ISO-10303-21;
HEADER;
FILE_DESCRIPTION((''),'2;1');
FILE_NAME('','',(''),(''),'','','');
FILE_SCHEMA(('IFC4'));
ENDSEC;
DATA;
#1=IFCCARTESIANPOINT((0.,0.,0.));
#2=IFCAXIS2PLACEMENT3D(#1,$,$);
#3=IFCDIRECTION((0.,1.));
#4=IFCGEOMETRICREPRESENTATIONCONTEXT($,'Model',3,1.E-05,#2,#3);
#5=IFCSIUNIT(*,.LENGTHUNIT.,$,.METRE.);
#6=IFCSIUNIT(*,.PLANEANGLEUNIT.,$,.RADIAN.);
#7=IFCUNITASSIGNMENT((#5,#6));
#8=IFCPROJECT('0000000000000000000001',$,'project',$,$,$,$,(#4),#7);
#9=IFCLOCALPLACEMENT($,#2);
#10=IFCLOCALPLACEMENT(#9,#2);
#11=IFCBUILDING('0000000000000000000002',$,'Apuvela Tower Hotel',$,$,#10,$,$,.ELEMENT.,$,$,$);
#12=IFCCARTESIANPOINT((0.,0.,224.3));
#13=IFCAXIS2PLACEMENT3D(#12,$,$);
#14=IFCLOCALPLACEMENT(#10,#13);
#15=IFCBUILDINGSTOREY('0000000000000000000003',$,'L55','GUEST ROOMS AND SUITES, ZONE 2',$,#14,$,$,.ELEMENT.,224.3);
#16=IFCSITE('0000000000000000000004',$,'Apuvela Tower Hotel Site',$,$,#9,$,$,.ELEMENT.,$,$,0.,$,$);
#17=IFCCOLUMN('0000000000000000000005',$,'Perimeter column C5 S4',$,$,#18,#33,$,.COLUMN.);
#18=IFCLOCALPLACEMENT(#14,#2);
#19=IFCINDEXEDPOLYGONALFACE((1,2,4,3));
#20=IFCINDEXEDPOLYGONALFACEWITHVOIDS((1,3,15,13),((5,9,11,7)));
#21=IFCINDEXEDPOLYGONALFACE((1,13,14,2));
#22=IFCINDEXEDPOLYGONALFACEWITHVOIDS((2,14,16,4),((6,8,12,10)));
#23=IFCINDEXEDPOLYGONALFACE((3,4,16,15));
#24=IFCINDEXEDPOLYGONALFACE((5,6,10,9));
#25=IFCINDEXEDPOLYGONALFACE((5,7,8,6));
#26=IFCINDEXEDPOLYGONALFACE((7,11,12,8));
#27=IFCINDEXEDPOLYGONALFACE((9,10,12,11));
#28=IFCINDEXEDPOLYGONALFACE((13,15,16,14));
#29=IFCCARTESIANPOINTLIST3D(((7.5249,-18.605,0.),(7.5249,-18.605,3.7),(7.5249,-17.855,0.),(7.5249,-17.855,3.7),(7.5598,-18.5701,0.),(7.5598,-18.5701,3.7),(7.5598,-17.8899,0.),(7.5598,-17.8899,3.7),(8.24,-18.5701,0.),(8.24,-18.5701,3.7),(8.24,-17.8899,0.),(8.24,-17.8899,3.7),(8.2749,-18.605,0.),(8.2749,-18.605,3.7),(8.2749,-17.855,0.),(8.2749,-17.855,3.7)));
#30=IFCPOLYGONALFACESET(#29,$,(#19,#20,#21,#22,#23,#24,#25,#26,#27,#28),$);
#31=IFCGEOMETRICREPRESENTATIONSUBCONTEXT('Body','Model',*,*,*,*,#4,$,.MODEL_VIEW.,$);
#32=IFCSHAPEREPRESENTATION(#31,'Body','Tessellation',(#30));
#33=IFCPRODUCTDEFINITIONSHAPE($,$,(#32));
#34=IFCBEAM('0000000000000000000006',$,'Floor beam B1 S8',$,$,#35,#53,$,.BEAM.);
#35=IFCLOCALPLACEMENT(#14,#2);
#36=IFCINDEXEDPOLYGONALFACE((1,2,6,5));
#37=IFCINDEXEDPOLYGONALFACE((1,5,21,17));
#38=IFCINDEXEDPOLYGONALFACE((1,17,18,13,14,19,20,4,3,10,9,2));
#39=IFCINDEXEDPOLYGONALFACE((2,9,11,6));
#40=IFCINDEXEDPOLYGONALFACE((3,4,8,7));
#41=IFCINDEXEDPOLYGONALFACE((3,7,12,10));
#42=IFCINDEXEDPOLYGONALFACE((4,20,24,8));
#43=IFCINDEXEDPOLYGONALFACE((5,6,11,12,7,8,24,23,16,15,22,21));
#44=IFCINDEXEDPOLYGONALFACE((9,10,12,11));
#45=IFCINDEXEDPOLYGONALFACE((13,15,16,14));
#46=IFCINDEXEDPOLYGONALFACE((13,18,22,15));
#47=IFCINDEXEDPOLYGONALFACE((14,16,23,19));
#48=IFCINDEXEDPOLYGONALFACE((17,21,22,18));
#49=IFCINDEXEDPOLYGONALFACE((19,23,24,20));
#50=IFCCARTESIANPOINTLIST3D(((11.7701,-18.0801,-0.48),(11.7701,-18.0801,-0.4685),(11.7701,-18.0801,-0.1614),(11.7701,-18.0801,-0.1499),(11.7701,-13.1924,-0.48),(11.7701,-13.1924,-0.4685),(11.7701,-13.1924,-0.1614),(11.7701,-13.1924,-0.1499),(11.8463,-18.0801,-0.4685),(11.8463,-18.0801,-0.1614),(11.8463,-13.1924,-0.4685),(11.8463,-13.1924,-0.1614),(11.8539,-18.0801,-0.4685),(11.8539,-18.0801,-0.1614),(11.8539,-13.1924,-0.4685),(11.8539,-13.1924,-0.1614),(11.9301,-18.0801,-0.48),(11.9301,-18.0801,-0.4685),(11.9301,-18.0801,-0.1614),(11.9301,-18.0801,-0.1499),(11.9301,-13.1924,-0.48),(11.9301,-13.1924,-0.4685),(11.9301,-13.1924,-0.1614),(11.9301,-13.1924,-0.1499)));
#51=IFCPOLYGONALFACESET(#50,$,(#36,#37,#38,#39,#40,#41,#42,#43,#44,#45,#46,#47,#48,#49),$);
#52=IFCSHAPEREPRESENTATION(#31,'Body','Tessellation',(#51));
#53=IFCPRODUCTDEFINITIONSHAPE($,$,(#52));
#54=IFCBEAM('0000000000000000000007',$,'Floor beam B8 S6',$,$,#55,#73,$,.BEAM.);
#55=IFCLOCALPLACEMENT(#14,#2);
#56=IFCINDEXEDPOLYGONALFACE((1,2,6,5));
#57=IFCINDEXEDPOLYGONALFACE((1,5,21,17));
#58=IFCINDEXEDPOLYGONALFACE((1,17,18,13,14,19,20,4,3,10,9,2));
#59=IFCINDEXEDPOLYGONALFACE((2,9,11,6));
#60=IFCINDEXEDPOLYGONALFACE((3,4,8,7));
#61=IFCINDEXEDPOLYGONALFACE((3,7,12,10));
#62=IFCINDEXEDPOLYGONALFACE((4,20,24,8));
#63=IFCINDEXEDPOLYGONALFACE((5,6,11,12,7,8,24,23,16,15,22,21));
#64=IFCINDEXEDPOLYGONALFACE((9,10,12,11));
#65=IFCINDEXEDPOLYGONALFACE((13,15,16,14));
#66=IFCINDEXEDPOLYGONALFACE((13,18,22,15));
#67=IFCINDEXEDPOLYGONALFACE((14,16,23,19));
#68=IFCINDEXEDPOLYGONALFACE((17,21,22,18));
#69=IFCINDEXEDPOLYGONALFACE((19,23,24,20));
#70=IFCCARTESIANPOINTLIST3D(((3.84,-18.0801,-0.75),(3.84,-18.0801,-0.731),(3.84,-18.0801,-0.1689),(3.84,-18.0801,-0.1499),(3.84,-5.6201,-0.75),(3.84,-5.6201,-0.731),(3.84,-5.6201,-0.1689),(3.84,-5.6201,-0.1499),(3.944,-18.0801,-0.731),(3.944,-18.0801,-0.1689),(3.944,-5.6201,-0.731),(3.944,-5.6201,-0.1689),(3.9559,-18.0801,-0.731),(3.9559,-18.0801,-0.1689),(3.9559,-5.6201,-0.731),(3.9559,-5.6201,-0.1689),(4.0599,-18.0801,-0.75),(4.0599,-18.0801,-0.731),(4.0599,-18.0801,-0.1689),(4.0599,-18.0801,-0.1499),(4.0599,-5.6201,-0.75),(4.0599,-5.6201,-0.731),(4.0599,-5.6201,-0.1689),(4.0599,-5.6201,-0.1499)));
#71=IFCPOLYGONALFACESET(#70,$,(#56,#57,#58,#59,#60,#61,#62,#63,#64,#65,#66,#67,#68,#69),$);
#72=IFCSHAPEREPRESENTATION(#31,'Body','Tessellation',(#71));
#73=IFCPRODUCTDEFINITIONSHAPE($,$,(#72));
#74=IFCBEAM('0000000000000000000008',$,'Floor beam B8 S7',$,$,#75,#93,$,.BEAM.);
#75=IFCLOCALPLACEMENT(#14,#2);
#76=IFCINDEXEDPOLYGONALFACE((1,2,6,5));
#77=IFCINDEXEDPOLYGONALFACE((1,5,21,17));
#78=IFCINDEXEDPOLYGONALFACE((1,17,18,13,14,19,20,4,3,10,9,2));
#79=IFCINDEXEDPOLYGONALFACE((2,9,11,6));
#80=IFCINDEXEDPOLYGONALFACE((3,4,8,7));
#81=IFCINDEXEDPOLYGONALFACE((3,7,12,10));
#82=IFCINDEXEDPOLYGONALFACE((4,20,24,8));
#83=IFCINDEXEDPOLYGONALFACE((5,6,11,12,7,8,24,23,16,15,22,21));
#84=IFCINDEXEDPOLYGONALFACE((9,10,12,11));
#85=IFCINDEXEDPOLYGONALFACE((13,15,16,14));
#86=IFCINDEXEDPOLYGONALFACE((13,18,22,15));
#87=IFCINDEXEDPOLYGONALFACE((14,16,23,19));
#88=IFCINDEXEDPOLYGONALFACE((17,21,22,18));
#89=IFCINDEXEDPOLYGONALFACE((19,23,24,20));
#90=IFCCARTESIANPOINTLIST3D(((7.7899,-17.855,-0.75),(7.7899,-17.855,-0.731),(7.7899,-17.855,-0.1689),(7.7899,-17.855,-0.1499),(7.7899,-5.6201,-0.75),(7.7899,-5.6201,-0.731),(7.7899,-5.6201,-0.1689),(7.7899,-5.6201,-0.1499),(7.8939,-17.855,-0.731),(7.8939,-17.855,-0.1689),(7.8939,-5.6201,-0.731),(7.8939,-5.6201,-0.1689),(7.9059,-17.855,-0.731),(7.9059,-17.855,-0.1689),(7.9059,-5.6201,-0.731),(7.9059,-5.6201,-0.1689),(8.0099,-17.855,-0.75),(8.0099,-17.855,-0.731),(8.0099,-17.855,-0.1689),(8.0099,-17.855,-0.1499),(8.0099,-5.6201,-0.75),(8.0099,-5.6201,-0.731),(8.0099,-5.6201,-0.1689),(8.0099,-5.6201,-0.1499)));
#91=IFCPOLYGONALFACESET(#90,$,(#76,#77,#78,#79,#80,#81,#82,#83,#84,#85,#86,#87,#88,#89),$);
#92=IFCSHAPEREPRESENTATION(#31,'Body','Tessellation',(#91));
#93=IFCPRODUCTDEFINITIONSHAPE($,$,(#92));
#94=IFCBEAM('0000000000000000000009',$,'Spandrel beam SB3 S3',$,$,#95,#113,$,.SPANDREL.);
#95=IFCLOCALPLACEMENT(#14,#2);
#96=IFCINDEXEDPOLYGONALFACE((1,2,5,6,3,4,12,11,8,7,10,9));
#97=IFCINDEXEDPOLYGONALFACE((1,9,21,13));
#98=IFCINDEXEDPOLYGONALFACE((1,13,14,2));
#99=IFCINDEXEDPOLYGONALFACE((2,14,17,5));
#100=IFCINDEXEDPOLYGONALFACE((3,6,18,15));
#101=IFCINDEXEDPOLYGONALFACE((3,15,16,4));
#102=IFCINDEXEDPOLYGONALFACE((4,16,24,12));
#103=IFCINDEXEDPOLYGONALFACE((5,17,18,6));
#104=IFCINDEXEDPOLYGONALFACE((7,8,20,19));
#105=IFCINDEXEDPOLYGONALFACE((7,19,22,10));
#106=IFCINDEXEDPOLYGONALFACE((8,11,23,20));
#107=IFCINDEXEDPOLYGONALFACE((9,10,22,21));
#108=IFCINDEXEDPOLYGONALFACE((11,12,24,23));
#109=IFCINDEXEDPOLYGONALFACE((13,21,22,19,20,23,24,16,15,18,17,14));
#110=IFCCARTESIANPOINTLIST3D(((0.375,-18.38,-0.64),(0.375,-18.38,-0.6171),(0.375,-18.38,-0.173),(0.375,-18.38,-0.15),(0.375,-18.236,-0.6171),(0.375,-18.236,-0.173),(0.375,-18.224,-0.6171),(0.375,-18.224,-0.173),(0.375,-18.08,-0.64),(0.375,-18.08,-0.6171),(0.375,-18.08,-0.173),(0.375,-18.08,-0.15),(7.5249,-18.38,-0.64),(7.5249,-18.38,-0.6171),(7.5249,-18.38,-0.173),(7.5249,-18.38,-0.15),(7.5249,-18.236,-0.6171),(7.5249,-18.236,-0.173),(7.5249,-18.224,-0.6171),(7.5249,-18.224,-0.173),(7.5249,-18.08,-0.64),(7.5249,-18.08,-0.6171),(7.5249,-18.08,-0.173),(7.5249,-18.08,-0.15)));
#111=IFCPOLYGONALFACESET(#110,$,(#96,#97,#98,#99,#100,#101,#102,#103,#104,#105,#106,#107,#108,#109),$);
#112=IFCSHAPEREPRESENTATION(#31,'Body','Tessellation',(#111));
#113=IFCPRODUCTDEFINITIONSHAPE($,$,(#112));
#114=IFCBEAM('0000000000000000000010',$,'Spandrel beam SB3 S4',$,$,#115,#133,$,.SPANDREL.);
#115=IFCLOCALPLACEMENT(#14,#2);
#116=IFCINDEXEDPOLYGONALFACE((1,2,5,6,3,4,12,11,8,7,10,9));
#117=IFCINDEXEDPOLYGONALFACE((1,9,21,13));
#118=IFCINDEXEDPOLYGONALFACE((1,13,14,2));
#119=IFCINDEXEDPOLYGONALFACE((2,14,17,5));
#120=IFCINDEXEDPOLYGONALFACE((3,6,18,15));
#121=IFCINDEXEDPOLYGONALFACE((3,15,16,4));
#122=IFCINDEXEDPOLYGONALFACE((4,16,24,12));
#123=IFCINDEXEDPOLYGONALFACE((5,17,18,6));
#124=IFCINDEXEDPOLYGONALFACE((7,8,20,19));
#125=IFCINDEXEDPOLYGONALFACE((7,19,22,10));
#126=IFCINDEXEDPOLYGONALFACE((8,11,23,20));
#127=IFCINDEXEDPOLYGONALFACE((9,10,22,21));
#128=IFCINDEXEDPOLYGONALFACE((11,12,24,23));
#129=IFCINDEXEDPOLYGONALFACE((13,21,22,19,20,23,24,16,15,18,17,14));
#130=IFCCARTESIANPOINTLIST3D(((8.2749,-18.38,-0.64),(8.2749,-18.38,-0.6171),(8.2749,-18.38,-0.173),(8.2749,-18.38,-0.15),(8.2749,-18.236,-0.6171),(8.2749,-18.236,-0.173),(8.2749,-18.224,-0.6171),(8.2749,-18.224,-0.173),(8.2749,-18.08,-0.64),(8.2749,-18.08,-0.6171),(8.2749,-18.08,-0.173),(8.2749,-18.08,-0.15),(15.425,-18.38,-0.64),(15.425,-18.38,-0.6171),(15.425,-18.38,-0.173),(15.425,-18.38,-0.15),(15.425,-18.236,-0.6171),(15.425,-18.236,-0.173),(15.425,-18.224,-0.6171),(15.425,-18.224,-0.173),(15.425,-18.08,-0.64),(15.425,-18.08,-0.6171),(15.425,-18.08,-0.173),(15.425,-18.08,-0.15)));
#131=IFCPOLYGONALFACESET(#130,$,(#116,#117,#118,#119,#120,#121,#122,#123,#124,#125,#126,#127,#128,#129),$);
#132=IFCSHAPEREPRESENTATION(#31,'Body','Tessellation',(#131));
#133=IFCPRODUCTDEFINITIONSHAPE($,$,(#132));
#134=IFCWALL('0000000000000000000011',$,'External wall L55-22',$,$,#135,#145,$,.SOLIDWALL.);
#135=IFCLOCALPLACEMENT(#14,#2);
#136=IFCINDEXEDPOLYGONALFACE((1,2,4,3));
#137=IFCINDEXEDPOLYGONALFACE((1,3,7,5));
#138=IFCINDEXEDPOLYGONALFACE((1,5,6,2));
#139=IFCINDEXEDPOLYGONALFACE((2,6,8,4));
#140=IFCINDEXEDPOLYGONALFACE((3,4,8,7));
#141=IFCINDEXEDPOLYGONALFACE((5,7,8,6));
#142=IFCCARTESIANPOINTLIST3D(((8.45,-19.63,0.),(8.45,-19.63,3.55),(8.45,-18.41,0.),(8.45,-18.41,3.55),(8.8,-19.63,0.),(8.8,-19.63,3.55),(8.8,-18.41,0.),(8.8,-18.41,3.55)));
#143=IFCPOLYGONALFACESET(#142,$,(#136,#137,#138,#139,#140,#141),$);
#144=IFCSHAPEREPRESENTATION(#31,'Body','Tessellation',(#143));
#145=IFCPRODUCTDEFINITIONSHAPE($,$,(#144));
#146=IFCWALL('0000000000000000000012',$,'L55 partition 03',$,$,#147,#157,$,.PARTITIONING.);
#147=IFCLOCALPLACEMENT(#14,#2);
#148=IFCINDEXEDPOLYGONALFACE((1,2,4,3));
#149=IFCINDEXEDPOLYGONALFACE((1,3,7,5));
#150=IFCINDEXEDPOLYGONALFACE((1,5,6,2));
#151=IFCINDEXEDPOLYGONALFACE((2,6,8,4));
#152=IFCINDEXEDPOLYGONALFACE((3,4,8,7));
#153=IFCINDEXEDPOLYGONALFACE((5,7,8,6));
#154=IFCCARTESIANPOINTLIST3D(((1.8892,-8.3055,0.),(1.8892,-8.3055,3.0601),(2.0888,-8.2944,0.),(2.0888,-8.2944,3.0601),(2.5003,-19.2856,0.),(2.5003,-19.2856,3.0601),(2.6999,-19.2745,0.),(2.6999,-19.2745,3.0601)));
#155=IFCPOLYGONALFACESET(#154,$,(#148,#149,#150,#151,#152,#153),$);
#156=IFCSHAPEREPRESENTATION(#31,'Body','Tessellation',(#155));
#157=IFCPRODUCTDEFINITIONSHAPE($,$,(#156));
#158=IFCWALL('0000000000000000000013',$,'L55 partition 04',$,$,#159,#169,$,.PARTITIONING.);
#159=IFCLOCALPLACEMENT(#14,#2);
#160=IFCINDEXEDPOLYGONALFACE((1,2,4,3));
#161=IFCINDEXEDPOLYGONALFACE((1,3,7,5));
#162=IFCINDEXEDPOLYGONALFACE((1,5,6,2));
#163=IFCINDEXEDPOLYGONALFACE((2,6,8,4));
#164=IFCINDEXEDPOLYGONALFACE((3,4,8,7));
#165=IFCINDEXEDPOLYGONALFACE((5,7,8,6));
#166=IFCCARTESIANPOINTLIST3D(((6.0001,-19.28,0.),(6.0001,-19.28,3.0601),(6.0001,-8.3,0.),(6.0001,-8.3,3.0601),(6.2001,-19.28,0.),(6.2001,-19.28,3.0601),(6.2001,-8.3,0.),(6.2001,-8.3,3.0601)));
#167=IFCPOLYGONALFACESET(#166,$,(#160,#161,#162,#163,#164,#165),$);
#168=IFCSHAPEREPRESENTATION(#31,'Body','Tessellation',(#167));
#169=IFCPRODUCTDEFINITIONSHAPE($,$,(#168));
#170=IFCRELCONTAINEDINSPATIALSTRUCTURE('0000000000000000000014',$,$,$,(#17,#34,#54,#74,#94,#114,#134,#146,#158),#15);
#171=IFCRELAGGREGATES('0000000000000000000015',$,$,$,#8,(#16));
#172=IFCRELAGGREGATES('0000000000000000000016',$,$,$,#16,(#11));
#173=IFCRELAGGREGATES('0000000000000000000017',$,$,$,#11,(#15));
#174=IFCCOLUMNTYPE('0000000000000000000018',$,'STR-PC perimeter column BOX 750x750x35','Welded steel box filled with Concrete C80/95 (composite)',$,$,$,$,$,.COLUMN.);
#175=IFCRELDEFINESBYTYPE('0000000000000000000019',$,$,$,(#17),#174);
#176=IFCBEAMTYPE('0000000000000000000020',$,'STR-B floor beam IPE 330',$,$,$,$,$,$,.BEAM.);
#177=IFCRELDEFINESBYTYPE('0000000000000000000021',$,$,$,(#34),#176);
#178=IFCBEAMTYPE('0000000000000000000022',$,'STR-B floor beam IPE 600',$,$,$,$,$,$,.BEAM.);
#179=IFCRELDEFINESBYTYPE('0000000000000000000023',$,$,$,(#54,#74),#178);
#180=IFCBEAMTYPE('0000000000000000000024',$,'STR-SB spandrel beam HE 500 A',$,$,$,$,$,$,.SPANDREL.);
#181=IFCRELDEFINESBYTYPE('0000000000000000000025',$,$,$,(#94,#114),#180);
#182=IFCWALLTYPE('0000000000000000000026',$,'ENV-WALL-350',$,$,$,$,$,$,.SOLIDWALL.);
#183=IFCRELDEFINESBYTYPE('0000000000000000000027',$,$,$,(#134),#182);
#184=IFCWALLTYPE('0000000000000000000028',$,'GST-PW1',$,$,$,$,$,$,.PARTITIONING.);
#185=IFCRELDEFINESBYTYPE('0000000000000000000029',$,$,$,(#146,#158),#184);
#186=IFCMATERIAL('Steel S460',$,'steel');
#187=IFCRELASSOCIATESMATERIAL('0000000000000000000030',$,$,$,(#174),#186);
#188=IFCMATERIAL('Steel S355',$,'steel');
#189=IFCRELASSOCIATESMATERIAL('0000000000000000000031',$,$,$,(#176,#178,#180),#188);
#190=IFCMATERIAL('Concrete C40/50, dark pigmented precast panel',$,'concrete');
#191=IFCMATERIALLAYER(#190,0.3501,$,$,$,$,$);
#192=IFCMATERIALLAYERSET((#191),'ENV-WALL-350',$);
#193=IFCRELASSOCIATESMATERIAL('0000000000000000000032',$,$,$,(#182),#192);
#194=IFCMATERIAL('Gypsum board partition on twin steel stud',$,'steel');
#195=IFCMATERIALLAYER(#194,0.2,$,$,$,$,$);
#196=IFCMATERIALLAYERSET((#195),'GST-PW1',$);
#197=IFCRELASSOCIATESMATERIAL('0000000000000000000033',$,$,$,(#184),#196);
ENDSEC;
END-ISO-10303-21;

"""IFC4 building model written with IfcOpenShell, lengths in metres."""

from ifc_helpers import new_model, si_unit, direction, frame, frame_2d, origin, origin_2d, place, context, subcontext, project, spatial, rectangle, hollow_rectangle, i_section, extrude, material, layer, layer_set, material_profile, profile_set, type_object, element, save


model = new_model("IFC4")

# Units and contexts
model_context = context("Model", 3, precision=1e-05, world=origin(), true_north=direction((0.0, 1.0)))
body_context = subcontext(model_context, "Body", "Model", "MODEL_VIEW")
ifc_project = project(units=[si_unit("LENGTHUNIT", "METRE"), si_unit("PLANEANGLEUNIT", "RADIAN")], contexts=[model_context])

# Site, building, storey
site_placement = place(None, origin())
site = spatial("IfcSite", under=ifc_project, at=site_placement, Name="Apuvela Tower Hotel Site", CompositionType="ELEMENT", RefElevation=0.0)
building_placement = place(site_placement, origin())
building = spatial("IfcBuilding", under=site, at=building_placement, Name="Apuvela Tower Hotel", CompositionType="ELEMENT")
storey_placement = place(building_placement, frame((0.0, 0.0, 224.3)))
storey = spatial("IfcBuildingStorey", under=building, at=storey_placement, Name="L55", Description="GUEST ROOMS AND SUITES, ZONE 2", CompositionType="ELEMENT", Elevation=224.3)

# Column
ifc_material_1 = material(Name="Steel S460", Category="steel")
ifc_material_profile_1 = material_profile(ifc_material_1, hollow_rectangle(XDim=0.75, YDim=0.75, WallThickness=0.0349, at=origin_2d()), Name="BOX 750x750x35")
ifc_material_2 = material(Name="Concrete C80/95", Category="concrete")
ifc_material_profile_2 = material_profile(ifc_material_2, rectangle(XDim=0.6799, YDim=0.6799, at=origin_2d()), Name="Concrete C80/95 infill")
ifc_profile_set_1 = profile_set([ifc_material_profile_1, ifc_material_profile_2], Name="Steel S460")
column_type = type_object("IfcColumnType", Name="STR-PC perimeter column BOX 750x750x35", Description="Welded steel box filled with Concrete C80/95 (composite)", PredefinedType="COLUMN", material=ifc_profile_set_1)
column_placement = place(storey_placement, frame((7.8999, -18.23, 0.0), z_axis=(0.0, 0.0, 1.0), x_axis=(-1.0, 0.0, 0.0)))
element("IfcColumn", 1, at=column_placement, inside=storey, type_object=column_type, Name="Perimeter column C5 S4", PredefinedType="COLUMN", context=body_context, shape_type="SweptSolid", body=[
    extrude(hollow_rectangle(XDim=0.75, YDim=0.75, WallThickness=0.0349, at=origin_2d()), origin(), (0.0, 0.0, 1.0), 3.7),
])

# Beams
ifc_material_3 = material(Name="Steel S355", Category="steel")
ifc_material_profile_3 = material_profile(ifc_material_3, i_section(OverallWidth=0.1599, OverallDepth=0.3301, WebThickness=0.0076, FlangeThickness=0.0115, at=origin_2d()), Name="IPE 330")
ifc_profile_set_2 = profile_set([ifc_material_profile_3], Name="Steel S355")
beam_type_1 = type_object("IfcBeamType", Name="STR-B floor beam IPE 330", PredefinedType="BEAM", material=ifc_profile_set_2)
beam_1_placement = place(storey_placement, frame((11.8501, -18.0801, -0.3149), z_axis=(0.0, 1.0, 0.0), x_axis=(-1.0, 0.0, 0.0)))
element("IfcBeam", 2, at=beam_1_placement, inside=storey, type_object=beam_type_1, Name="Floor beam B1 S8", PredefinedType="BEAM", context=body_context, shape_type="SweptSolid", body=[
    extrude(i_section(OverallWidth=0.1599, OverallDepth=0.3301, WebThickness=0.0076, FlangeThickness=0.0115, at=origin_2d()), origin(), (0.0, 0.0, 1.0), 4.8877),
])
ifc_material_profile_4 = material_profile(ifc_material_3, i_section(OverallWidth=0.22, OverallDepth=0.6001, WebThickness=0.012, FlangeThickness=0.019, at=origin_2d()), Name="IPE 600")
ifc_profile_set_3 = profile_set([ifc_material_profile_4], Name="Steel S355")
beam_type_2 = type_object("IfcBeamType", Name="STR-B floor beam IPE 600", PredefinedType="BEAM", material=ifc_profile_set_3)
beam_2_placement = place(storey_placement, frame((3.95, -18.0801, -0.45), z_axis=(0.0, 1.0, 0.0), x_axis=(-1.0, 0.0, 0.0)))
element("IfcBeam", 3, at=beam_2_placement, inside=storey, type_object=beam_type_2, Name="Floor beam B8 S6", PredefinedType="BEAM", context=body_context, shape_type="SweptSolid", body=[
    extrude(i_section(OverallWidth=0.22, OverallDepth=0.6001, WebThickness=0.012, FlangeThickness=0.019, at=origin_2d()), origin(), (0.0, 0.0, 1.0), 12.46),
])
beam_3_placement = place(storey_placement, frame((7.8999, -17.855, -0.45), z_axis=(0.0, 1.0, 0.0), x_axis=(-1.0, 0.0, 0.0)))
element("IfcBeam", 4, at=beam_3_placement, inside=storey, type_object=beam_type_2, Name="Floor beam B8 S7", PredefinedType="BEAM", context=body_context, shape_type="SweptSolid", body=[
    extrude(i_section(OverallWidth=0.22, OverallDepth=0.6001, WebThickness=0.012, FlangeThickness=0.019, at=origin_2d()), origin(), (0.0, 0.0, 1.0), 12.2349),
])
ifc_material_profile_5 = material_profile(ifc_material_3, i_section(OverallWidth=0.3, OverallDepth=0.49, WebThickness=0.012, FlangeThickness=0.0229, at=origin_2d()), Name="HE 500 A")
ifc_profile_set_4 = profile_set([ifc_material_profile_5], Name="Steel S355")
beam_type_3 = type_object("IfcBeamType", Name="STR-SB spandrel beam HE 500 A", PredefinedType="SPANDREL", material=ifc_profile_set_4)
beam_4_placement = place(storey_placement, frame((0.375, -18.23, -0.395), z_axis=(1.0, 0.0, 0.0), x_axis=(0.0, 1.0, 0.0)))
element("IfcBeam", 5, at=beam_4_placement, inside=storey, type_object=beam_type_3, Name="Spandrel beam SB3 S3", PredefinedType="SPANDREL", context=body_context, shape_type="SweptSolid", body=[
    extrude(i_section(OverallWidth=0.3, OverallDepth=0.49, WebThickness=0.012, FlangeThickness=0.0229, at=origin_2d()), origin(), (0.0, 0.0, 1.0), 7.1499),
])
beam_5_placement = place(storey_placement, frame((8.2749, -18.23, -0.395), z_axis=(1.0, 0.0, 0.0), x_axis=(0.0, 1.0, 0.0)))
element("IfcBeam", 6, at=beam_5_placement, inside=storey, type_object=beam_type_3, Name="Spandrel beam SB3 S4", PredefinedType="SPANDREL", context=body_context, shape_type="SweptSolid", body=[
    extrude(i_section(OverallWidth=0.3, OverallDepth=0.49, WebThickness=0.012, FlangeThickness=0.0229, at=origin_2d()), origin(), (0.0, 0.0, 1.0), 7.1501),
])

# Wall
ifc_material_4 = material(Name="Concrete C40/50, dark pigmented precast panel", Category="concrete")
ifc_layer_1 = layer(ifc_material_4, 0.3501)
ifc_layer_set_1 = layer_set([ifc_layer_1], Name="ENV-WALL-350")
wall_type_1 = type_object("IfcWallType", Name="ENV-WALL-350", PredefinedType="SOLIDWALL", material=ifc_layer_set_1)
wall_1_placement = place(storey_placement, frame((8.625, -19.6299, 0.0), z_axis=(0.0, 0.0, 1.0), x_axis=(0.0, 1.0, 0.0)))
element("IfcWall", 7, at=wall_1_placement, inside=storey, type_object=wall_type_1, Name="External wall L55-22", PredefinedType="SOLIDWALL", context=body_context, shape_type="SweptSolid", body=[
    extrude(rectangle(XDim=1.22, YDim=0.3501, at=frame_2d((0.6099, 0.0))), origin(), (0.0, 0.0, 1.0), 3.55),
])

# Walls
ifc_material_5 = material(Name="Gypsum board partition on twin steel stud", Category="steel")
ifc_layer_2 = layer(ifc_material_5, 0.2)
ifc_layer_set_2 = layer_set([ifc_layer_2], Name="GST-PW1")
wall_type_2 = type_object("IfcWallType", Name="GST-PW1", PredefinedType="PARTITIONING", material=ifc_layer_set_2)
wall_2_placement = place(storey_placement, frame((2.6001, -19.28, 0.0), z_axis=(0.0, 0.0, 1.0), x_axis=(-0.055568, 0.998455, 0.0)))
element("IfcWall", 8, at=wall_2_placement, inside=storey, type_object=wall_type_2, Name="L55 partition 03", PredefinedType="PARTITIONING", context=body_context, shape_type="SweptSolid", body=[
    extrude(rectangle(XDim=10.9971, YDim=0.2, at=frame_2d((5.4985, 0.0))), origin(), (0.0, 0.0, 1.0), 3.0601),
])
wall_3_placement = place(storey_placement, frame((6.1001, -19.28, 0.0), z_axis=(0.0, 0.0, 1.0), x_axis=(0.0, 1.0, 0.0)))
element("IfcWall", 9, at=wall_3_placement, inside=storey, type_object=wall_type_2, Name="L55 partition 04", PredefinedType="PARTITIONING", context=body_context, shape_type="SweptSolid", body=[
    extrude(rectangle(XDim=10.98, YDim=0.2, at=frame_2d((5.49, 0.0))), origin(), (0.0, 0.0, 1.0), 3.0601),
])

save(model, "model.ifc")
